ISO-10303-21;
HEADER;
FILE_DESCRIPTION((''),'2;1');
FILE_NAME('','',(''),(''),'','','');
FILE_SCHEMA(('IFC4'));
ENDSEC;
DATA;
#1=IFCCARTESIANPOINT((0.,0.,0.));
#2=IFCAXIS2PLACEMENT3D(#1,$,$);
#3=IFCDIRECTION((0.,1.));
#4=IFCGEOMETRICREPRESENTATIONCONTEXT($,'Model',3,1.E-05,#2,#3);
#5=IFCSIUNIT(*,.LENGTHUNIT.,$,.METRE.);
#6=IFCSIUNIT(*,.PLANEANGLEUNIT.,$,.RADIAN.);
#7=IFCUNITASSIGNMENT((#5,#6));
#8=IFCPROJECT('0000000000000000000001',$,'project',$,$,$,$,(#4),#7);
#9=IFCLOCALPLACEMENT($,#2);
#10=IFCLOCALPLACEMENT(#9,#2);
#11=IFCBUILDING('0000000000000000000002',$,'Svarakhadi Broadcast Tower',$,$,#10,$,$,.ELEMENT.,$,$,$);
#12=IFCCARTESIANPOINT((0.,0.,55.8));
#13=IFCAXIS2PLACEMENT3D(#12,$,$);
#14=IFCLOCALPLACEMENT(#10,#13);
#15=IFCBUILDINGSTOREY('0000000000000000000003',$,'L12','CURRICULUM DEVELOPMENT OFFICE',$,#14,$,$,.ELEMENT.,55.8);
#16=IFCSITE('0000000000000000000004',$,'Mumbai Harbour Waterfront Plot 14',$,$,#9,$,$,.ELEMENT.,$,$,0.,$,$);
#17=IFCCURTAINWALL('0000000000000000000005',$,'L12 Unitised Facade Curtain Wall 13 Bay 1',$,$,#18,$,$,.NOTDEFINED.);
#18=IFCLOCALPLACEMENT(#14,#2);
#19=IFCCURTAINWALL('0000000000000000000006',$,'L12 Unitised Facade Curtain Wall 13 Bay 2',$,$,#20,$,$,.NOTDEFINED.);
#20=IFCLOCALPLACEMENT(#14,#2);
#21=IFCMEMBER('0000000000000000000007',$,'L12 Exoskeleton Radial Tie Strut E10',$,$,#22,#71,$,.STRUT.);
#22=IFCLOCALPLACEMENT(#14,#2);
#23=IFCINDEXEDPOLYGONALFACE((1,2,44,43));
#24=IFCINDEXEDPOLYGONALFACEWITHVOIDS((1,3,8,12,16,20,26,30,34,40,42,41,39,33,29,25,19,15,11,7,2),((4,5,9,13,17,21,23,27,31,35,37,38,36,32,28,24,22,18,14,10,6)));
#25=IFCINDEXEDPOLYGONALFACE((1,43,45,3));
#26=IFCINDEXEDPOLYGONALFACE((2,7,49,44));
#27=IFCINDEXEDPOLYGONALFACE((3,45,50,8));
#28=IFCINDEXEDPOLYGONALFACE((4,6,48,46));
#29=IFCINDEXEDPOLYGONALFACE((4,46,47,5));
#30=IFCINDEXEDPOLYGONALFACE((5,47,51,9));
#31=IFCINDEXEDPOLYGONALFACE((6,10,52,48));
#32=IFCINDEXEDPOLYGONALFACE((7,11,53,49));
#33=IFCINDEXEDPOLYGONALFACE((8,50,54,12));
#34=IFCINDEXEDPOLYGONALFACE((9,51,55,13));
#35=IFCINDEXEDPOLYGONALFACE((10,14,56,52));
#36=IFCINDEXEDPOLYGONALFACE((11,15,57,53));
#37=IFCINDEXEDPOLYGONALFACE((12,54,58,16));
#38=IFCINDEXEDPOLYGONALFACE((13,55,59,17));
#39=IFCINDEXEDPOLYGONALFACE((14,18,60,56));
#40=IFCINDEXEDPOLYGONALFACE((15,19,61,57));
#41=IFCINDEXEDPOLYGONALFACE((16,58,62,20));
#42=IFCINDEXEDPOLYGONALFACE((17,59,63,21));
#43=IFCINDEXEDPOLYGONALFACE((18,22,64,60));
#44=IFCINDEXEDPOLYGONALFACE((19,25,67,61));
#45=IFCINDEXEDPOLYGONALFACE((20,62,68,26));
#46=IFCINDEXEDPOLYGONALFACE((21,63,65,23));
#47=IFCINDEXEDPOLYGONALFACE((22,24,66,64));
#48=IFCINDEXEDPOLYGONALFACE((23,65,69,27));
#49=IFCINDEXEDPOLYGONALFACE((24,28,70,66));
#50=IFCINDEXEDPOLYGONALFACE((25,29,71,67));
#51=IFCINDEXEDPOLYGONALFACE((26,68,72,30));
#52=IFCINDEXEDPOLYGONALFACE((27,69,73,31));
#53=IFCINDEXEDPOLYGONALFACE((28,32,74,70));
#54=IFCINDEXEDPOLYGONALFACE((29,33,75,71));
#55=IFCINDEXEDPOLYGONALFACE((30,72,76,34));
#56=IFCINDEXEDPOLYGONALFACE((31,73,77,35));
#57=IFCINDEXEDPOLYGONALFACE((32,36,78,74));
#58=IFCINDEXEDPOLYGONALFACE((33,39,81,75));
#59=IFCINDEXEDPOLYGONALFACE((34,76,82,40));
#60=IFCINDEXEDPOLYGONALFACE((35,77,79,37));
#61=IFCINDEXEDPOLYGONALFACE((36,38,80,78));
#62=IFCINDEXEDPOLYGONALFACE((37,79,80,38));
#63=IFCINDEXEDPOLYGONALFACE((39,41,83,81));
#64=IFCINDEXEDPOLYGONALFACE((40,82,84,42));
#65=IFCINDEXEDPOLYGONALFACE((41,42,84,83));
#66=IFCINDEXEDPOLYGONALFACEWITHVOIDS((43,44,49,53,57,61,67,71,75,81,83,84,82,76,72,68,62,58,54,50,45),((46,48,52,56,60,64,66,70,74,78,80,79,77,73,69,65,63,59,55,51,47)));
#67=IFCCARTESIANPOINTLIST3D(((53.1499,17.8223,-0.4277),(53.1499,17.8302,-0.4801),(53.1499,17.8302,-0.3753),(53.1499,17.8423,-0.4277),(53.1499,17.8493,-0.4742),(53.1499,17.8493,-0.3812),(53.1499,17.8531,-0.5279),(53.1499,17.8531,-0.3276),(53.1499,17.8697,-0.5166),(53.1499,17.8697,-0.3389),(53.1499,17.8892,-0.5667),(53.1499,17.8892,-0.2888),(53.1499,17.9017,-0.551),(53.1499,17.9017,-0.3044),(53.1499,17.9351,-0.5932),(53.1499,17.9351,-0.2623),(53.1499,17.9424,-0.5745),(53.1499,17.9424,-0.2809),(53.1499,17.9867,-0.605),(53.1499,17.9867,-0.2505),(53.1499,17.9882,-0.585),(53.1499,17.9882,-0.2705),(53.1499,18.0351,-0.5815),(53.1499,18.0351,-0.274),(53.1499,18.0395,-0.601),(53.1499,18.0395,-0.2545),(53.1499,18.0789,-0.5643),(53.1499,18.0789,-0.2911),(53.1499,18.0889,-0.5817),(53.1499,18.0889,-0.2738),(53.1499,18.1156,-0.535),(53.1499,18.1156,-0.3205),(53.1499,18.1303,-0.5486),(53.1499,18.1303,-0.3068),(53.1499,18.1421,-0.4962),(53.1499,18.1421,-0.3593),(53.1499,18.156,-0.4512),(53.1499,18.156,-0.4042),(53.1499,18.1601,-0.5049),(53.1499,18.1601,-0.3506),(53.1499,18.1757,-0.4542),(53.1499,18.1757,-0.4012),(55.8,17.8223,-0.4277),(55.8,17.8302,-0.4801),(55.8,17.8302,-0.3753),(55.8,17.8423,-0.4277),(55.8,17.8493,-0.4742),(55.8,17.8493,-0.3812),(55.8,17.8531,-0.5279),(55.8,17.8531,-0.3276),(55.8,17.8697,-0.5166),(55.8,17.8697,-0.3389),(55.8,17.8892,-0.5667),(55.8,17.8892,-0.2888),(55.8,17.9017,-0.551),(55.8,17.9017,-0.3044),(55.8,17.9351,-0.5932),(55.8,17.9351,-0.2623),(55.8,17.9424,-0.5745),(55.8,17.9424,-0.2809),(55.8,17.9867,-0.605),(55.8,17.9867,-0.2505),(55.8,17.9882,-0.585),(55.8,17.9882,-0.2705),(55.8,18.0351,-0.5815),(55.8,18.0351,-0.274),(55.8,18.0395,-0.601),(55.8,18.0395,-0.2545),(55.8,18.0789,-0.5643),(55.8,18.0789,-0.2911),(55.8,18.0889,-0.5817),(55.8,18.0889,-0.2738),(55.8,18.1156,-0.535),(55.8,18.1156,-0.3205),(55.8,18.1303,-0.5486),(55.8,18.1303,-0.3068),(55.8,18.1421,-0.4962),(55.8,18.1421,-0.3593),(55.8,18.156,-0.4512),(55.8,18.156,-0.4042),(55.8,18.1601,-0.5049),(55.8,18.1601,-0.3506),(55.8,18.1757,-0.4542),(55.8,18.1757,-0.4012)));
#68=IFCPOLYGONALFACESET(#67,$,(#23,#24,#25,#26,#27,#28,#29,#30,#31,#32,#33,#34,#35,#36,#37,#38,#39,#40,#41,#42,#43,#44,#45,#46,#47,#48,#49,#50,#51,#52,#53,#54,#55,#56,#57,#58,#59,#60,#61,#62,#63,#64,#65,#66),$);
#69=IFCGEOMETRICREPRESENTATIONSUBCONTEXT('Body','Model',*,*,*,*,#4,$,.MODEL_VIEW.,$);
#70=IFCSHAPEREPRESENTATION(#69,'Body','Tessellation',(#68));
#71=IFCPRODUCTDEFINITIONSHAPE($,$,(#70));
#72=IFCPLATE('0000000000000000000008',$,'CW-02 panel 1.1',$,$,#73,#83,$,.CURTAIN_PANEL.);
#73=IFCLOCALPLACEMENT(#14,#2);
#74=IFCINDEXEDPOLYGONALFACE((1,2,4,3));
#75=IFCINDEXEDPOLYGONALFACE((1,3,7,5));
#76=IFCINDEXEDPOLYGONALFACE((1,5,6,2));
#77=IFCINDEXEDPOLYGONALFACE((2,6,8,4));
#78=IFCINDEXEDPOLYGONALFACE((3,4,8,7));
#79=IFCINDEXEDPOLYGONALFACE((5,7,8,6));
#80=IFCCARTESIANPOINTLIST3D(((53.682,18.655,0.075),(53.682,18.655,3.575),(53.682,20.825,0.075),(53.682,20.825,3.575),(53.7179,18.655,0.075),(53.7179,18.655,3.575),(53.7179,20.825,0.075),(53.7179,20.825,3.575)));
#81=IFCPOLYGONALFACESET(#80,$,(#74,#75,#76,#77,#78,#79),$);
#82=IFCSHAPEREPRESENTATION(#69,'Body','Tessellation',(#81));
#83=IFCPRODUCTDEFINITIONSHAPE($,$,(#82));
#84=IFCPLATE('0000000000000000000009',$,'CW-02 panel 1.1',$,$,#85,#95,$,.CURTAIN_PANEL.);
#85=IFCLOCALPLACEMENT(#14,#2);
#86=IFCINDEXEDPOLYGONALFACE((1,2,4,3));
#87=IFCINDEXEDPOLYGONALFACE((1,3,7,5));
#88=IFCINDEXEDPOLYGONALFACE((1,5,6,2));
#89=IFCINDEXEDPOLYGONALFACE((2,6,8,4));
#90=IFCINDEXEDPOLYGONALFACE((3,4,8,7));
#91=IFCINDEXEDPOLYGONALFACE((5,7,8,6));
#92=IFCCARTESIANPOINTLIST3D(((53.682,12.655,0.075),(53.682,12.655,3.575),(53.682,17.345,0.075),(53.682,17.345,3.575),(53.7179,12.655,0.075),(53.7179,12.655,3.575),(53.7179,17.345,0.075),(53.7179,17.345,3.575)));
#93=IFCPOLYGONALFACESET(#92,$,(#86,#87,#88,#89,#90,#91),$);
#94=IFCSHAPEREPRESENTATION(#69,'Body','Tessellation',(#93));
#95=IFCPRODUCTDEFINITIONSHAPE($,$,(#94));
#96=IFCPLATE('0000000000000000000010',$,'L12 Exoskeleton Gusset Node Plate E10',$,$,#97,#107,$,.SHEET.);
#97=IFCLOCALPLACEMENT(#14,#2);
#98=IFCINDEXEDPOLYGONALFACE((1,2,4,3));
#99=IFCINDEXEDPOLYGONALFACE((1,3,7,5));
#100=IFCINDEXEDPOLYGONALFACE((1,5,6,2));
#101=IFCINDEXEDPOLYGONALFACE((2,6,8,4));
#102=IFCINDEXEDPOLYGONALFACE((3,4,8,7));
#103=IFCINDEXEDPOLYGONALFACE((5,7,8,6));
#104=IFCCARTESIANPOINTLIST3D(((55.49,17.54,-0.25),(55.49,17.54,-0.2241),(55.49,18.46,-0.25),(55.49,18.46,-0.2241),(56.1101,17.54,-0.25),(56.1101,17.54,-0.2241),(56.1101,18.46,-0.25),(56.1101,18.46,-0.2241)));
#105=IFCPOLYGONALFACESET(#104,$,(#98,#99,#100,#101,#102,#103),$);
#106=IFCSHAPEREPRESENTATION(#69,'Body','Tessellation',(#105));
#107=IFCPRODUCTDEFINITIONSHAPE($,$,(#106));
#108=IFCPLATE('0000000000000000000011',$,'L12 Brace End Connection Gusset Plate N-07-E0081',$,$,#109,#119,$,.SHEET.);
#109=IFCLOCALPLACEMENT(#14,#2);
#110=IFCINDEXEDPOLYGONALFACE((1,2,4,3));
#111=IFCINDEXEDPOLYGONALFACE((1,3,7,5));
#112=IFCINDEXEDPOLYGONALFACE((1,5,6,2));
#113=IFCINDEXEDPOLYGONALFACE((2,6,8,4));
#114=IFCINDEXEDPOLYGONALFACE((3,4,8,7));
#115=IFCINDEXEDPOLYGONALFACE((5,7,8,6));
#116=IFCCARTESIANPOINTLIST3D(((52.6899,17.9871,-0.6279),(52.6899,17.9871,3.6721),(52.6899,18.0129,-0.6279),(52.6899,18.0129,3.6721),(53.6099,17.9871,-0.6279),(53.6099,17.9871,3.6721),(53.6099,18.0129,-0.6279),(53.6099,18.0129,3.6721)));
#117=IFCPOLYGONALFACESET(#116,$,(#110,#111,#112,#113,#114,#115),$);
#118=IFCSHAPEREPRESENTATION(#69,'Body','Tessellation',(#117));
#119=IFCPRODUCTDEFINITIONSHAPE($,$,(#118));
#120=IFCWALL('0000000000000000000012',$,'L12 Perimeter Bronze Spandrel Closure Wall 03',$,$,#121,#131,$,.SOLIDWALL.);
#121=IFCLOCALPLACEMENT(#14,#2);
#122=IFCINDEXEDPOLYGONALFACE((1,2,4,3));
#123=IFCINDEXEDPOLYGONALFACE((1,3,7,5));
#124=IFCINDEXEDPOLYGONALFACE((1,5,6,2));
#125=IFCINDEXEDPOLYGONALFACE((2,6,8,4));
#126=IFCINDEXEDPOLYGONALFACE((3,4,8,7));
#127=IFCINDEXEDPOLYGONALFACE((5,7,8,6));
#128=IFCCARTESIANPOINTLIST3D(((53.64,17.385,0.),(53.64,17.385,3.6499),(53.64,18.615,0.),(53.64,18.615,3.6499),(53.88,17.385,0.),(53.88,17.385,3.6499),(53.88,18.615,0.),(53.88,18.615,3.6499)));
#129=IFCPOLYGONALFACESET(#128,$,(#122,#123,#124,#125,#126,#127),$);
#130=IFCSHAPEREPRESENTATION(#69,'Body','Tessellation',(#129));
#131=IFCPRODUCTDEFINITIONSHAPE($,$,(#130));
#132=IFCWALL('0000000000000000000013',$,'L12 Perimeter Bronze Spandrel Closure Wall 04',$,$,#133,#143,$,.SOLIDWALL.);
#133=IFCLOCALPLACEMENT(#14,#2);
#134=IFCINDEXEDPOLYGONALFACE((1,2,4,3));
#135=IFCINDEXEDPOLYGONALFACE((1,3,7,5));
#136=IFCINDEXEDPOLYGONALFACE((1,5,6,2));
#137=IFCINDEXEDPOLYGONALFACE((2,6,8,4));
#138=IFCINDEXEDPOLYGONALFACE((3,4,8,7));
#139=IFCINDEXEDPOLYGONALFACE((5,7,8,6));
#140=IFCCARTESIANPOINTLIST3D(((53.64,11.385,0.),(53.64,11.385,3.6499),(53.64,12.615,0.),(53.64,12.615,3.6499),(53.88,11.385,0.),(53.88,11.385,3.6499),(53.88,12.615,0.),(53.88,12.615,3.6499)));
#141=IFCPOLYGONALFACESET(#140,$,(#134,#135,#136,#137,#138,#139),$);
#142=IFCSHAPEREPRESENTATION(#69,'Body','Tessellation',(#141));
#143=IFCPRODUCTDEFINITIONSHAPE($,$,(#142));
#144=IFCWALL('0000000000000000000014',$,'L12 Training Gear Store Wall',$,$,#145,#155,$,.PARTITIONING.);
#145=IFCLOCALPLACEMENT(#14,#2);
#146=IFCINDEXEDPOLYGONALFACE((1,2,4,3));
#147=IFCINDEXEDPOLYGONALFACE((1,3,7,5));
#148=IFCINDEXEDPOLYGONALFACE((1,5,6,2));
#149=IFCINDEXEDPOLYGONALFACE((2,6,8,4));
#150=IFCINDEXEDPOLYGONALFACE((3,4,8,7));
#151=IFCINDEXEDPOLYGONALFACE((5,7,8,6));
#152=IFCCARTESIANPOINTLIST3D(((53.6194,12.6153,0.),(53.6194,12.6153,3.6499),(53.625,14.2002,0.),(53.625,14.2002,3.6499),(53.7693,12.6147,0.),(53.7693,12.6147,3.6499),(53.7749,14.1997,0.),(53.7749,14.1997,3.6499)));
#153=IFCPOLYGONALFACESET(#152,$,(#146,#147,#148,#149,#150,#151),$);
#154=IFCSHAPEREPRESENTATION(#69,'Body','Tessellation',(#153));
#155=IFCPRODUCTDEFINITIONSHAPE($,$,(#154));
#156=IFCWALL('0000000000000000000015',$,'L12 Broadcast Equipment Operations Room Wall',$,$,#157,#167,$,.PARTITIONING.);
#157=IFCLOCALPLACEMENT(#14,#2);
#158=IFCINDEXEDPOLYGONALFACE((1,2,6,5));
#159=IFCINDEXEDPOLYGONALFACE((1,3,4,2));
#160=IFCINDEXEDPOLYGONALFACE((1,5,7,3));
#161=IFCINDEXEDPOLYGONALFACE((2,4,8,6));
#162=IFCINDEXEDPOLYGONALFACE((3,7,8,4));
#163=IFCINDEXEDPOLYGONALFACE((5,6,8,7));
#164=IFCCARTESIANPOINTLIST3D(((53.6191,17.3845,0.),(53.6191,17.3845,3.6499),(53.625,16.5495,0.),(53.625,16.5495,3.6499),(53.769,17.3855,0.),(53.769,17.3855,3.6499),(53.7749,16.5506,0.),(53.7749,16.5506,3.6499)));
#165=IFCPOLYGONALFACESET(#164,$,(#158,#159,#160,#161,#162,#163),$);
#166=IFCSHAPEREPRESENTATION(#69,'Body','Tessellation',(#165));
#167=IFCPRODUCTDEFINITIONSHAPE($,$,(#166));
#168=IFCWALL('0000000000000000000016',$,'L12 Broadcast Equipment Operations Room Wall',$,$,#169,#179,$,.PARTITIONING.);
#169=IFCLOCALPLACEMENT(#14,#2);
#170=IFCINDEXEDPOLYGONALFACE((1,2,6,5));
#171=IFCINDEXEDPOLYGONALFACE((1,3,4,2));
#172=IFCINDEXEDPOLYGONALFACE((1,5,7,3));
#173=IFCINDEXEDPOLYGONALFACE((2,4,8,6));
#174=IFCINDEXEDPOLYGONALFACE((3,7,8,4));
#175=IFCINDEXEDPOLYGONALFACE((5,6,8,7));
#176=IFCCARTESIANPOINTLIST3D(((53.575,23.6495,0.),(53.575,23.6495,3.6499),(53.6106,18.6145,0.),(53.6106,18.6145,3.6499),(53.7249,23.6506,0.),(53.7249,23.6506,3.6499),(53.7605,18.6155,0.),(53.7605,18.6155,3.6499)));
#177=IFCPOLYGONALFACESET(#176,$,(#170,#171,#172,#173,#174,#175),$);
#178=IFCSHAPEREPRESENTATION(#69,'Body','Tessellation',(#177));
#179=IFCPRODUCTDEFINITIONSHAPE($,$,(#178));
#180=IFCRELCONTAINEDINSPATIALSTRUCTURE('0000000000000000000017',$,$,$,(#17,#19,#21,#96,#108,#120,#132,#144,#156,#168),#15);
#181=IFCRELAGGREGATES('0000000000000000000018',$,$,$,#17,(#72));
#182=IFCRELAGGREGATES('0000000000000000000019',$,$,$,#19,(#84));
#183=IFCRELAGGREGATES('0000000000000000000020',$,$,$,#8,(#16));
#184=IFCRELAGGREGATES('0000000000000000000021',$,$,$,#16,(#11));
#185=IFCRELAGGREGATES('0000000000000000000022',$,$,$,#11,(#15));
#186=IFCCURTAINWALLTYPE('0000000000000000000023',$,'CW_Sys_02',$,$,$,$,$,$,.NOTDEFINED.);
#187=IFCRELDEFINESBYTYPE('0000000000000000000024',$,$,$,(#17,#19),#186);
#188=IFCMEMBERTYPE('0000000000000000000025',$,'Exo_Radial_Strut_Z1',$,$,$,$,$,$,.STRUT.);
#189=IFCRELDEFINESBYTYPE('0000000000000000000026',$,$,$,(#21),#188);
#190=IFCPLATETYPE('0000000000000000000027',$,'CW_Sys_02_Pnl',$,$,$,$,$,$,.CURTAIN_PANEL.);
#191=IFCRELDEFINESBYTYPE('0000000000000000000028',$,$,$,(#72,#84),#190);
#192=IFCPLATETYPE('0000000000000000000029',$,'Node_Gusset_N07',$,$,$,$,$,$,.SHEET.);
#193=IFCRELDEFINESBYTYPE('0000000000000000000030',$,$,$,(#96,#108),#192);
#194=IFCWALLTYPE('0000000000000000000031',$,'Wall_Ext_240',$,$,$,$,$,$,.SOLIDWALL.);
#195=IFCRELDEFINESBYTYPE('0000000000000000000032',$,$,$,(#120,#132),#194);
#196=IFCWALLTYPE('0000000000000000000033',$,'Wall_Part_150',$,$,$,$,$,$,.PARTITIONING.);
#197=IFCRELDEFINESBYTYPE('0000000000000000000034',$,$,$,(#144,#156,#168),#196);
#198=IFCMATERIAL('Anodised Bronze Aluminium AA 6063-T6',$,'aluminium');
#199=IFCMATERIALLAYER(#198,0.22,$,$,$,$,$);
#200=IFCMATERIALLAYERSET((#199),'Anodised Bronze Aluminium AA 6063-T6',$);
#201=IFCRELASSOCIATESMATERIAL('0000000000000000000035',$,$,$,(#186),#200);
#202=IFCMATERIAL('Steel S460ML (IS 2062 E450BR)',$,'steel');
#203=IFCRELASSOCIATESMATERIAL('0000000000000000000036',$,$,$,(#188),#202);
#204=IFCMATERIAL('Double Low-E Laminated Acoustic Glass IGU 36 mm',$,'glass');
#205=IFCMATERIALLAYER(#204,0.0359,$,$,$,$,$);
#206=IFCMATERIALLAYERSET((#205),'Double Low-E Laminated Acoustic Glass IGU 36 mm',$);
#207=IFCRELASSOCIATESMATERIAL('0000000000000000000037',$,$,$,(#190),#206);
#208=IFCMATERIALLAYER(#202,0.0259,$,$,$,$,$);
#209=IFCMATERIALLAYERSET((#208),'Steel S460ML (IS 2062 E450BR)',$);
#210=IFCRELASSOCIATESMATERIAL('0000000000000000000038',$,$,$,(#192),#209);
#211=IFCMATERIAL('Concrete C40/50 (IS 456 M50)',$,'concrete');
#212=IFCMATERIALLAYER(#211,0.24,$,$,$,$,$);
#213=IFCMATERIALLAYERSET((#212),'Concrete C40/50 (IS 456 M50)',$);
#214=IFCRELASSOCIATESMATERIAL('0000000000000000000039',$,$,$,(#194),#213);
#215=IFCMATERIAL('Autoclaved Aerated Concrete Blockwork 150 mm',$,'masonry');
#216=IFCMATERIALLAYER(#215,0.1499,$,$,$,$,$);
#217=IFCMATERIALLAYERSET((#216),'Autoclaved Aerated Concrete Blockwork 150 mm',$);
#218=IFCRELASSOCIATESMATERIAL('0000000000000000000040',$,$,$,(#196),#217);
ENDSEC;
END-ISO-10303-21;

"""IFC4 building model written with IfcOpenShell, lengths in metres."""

from ifc_helpers import new_model, si_unit, direction, frame, frame_2d, origin, origin_2d, place, context, subcontext, project, spatial, rectangle, hollow_circle, extrude, material, layer, layer_set, material_profile, profile_set, type_object, element, aggregate, save


model = new_model("IFC4")

# Units and contexts
model_context = context("Model", 3, precision=1e-05, world=origin(), true_north=direction((0.0, 1.0)))
body_context = subcontext(model_context, "Body", "Model", "MODEL_VIEW")
ifc_project = project(units=[si_unit("LENGTHUNIT", "METRE"), si_unit("PLANEANGLEUNIT", "RADIAN")], contexts=[model_context])

# Site, building, storey
site_placement = place(None, origin())
site = spatial("IfcSite", under=ifc_project, at=site_placement, Name="Mumbai Harbour Waterfront Plot 14", CompositionType="ELEMENT", RefElevation=0.0)
building_placement = place(site_placement, origin())
building = spatial("IfcBuilding", under=site, at=building_placement, Name="Svarakhadi Broadcast Tower", CompositionType="ELEMENT")
storey_placement = place(building_placement, frame((0.0, 0.0, 55.8)))
storey = spatial("IfcBuildingStorey", under=building, at=storey_placement, Name="L12", Description="CURRICULUM DEVELOPMENT OFFICE", CompositionType="ELEMENT", Elevation=55.8)

# Curtain wall
ifc_material_1 = material(Name="Anodised Bronze Aluminium AA 6063-T6", Category="aluminium")
ifc_layer_1 = layer(ifc_material_1, 0.22)
ifc_layer_set_1 = layer_set([ifc_layer_1], Name="Anodised Bronze Aluminium AA 6063-T6")
curtain_wall_type = type_object("IfcCurtainWallType", Name="CW_Sys_02", PredefinedType="NOTDEFINED", material=ifc_layer_set_1)
curtain_wall_1_placement = place(storey_placement, origin())
curtain_wall_1 = element("IfcCurtainWall", 1, at=curtain_wall_1_placement, inside=storey, type_object=curtain_wall_type, Name="L12 Unitised Facade Curtain Wall 13 Bay 1", PredefinedType="NOTDEFINED")

# Curtain wall
curtain_wall_2_placement = place(storey_placement, origin())
curtain_wall_2 = element("IfcCurtainWall", 2, at=curtain_wall_2_placement, inside=storey, type_object=curtain_wall_type, Name="L12 Unitised Facade Curtain Wall 13 Bay 2", PredefinedType="NOTDEFINED")

# Member
ifc_material_2 = material(Name="Steel S460ML (IS 2062 E450BR)", Category="steel")
ifc_material_profile_1 = material_profile(ifc_material_2, hollow_circle(Radius=0.1777, WallThickness=0.02, at=origin_2d()), Name="CHS 355.6x20")
ifc_profile_set_1 = profile_set([ifc_material_profile_1], Name="Steel S460ML (IS 2062 E450BR)")
member_type_1 = type_object("IfcMemberType", Name="Exo_Radial_Strut_Z1", PredefinedType="STRUT", material=ifc_profile_set_1)
member_1_placement = place(storey_placement, frame((55.8, 18.0, -0.4277), z_axis=(-1.0, 0.0, 0.0), x_axis=(0.0, -1.0, 0.0)))
element("IfcMember", 3, at=member_1_placement, inside=storey, type_object=member_type_1, Name="L12 Exoskeleton Radial Tie Strut E10", PredefinedType="STRUT", context=body_context, shape_type="SweptSolid", body=[
    extrude(hollow_circle(Radius=0.1777, WallThickness=0.02, at=origin_2d()), origin(), (0.0, 0.0, 1.0), 2.6501),
])

# Plates
ifc_material_3 = material(Name="Double Low-E Laminated Acoustic Glass IGU 36 mm", Category="glass")
ifc_layer_2 = layer(ifc_material_3, 0.0359)
ifc_layer_set_2 = layer_set([ifc_layer_2], Name="Double Low-E Laminated Acoustic Glass IGU 36 mm")
plate_type_1 = type_object("IfcPlateType", Name="CW_Sys_02_Pnl", PredefinedType="CURTAIN_PANEL", material=ifc_layer_set_2)
plate_1_placement = place(storey_placement, frame((53.7, 19.74, 0.075), z_axis=(0.0, 0.0, 1.0), x_axis=(0.0, -1.0, 0.0)))
plate_1 = element("IfcPlate", 4, at=plate_1_placement, type_object=plate_type_1, Name="CW-02 panel 1.1", PredefinedType="CURTAIN_PANEL", context=body_context, shape_type="SweptSolid", body=[
    extrude(rectangle(XDim=2.1699, YDim=0.0359, at=origin_2d()), origin(), (0.0, 0.0, 1.0), 3.5),
])
aggregate(curtain_wall_1, [plate_1])
plate_2_placement = place(storey_placement, frame((53.7, 15.0, 0.075), z_axis=(0.0, 0.0, 1.0), x_axis=(0.0, -1.0, 0.0)))
plate_2 = element("IfcPlate", 5, at=plate_2_placement, type_object=plate_type_1, Name="CW-02 panel 1.1", PredefinedType="CURTAIN_PANEL", context=body_context, shape_type="SweptSolid", body=[
    extrude(rectangle(XDim=4.6899, YDim=0.0359, at=origin_2d()), origin(), (0.0, 0.0, 1.0), 3.5),
])
aggregate(curtain_wall_2, [plate_2])

# Plates
ifc_layer_3 = layer(ifc_material_2, 0.0259)
ifc_layer_set_3 = layer_set([ifc_layer_3], Name="Steel S460ML (IS 2062 E450BR)")
plate_type_2 = type_object("IfcPlateType", Name="Node_Gusset_N07", PredefinedType="SHEET", material=ifc_layer_set_3)
plate_3_placement = place(storey_placement, frame((55.8, 18.0, -0.25), z_axis=(0.0, 0.0, 1.0), x_axis=(0.0, 1.0, 0.0)))
element("IfcPlate", 6, at=plate_3_placement, inside=storey, type_object=plate_type_2, Name="L12 Exoskeleton Gusset Node Plate E10", PredefinedType="SHEET", context=body_context, shape_type="SweptSolid", body=[
    extrude(rectangle(XDim=0.9199, YDim=0.6201, at=origin_2d()), origin(), (0.0, 0.0, 1.0), 0.0259),
])
plate_4_placement = place(storey_placement, frame((53.1499, 18.0, -0.6279), z_axis=(0.0, 0.0, 1.0), x_axis=(1.0, 0.0, 0.0)))
element("IfcPlate", 7, at=plate_4_placement, inside=storey, type_object=plate_type_2, Name="L12 Brace End Connection Gusset Plate N-07-E0081", PredefinedType="SHEET", context=body_context, shape_type="SweptSolid", body=[
    extrude(rectangle(XDim=0.9199, YDim=0.0259, at=origin_2d()), origin(), (0.0, 0.0, 1.0), 4.3),
])

# Walls
ifc_material_4 = material(Name="Concrete C40/50 (IS 456 M50)", Category="concrete")
ifc_layer_4 = layer(ifc_material_4, 0.24)
ifc_layer_set_4 = layer_set([ifc_layer_4], Name="Concrete C40/50 (IS 456 M50)")
wall_type_1 = type_object("IfcWallType", Name="Wall_Ext_240", PredefinedType="SOLIDWALL", material=ifc_layer_set_4)
for number, where, z_axis, x_axis, name in (
    (8, (53.76, 18.615, 0.0), (0.0, 0.0, 1.0), (0.0, -1.0, 0.0), "L12 Perimeter Bronze Spandrel Closure Wall 03"),
    (9, (53.76, 12.615, 0.0), (0.0, 0.0, 1.0), (0.0, -1.0, 0.0), "L12 Perimeter Bronze Spandrel Closure Wall 04"),
):
    element("IfcWall", number, at=place(storey_placement, frame(where, z_axis=z_axis, x_axis=x_axis)), inside=storey, type_object=wall_type_1, Name=name, PredefinedType="SOLIDWALL", context=body_context, shape_type="SweptSolid", body=[
        extrude(rectangle(XDim=1.23, YDim=0.24, at=frame_2d((0.615, 0.0))), origin(), (0.0, 0.0, 1.0), 3.6499),
    ])
ifc_material_5 = material(Name="Autoclaved Aerated Concrete Blockwork 150 mm", Category="masonry")
ifc_layer_5 = layer(ifc_material_5, 0.1499)
ifc_layer_set_5 = layer_set([ifc_layer_5], Name="Autoclaved Aerated Concrete Blockwork 150 mm")
wall_type_2 = type_object("IfcWallType", Name="Wall_Part_150", PredefinedType="PARTITIONING", material=ifc_layer_set_5)
wall_1_placement = place(storey_placement, frame((53.6943, 12.615, 0.0), z_axis=(0.0, 0.0, 1.0), x_axis=(0.003543, 0.999994, 0.0)))
element("IfcWall", 10, at=wall_1_placement, inside=storey, type_object=wall_type_2, Name="L12 Training Gear Store Wall", PredefinedType="PARTITIONING", context=body_context, shape_type="SweptSolid", body=[
    extrude(rectangle(XDim=1.585, YDim=0.1499, at=frame_2d((0.7925, 0.0))), origin(), (0.0, 0.0, 1.0), 3.6499),
])
wall_2_placement = place(storey_placement, frame((53.7, 16.55, 0.0), z_axis=(0.0, 0.0, 1.0), x_axis=(-0.007017, 0.999975, 0.0)))
element("IfcWall", 11, at=wall_2_placement, inside=storey, type_object=wall_type_2, Name="L12 Broadcast Equipment Operations Room Wall", PredefinedType="PARTITIONING", context=body_context, shape_type="SweptSolid", body=[
    extrude(rectangle(XDim=0.835, YDim=0.1499, at=frame_2d((0.4175, 0.0))), origin(), (0.0, 0.0, 1.0), 3.6499),
])
wall_3_placement = place(storey_placement, frame((53.6855, 18.615, 0.0), z_axis=(0.0, 0.0, 1.0), x_axis=(-0.007079, 0.999975, 0.0)))
element("IfcWall", 12, at=wall_3_placement, inside=storey, type_object=wall_type_2, Name="L12 Broadcast Equipment Operations Room Wall", PredefinedType="PARTITIONING", context=body_context, shape_type="SweptSolid", body=[
    extrude(rectangle(XDim=5.0352, YDim=0.1499, at=frame_2d((2.5176, 0.0))), origin(), (0.0, 0.0, 1.0), 3.6499),
])

save(model, "model.ifc")
